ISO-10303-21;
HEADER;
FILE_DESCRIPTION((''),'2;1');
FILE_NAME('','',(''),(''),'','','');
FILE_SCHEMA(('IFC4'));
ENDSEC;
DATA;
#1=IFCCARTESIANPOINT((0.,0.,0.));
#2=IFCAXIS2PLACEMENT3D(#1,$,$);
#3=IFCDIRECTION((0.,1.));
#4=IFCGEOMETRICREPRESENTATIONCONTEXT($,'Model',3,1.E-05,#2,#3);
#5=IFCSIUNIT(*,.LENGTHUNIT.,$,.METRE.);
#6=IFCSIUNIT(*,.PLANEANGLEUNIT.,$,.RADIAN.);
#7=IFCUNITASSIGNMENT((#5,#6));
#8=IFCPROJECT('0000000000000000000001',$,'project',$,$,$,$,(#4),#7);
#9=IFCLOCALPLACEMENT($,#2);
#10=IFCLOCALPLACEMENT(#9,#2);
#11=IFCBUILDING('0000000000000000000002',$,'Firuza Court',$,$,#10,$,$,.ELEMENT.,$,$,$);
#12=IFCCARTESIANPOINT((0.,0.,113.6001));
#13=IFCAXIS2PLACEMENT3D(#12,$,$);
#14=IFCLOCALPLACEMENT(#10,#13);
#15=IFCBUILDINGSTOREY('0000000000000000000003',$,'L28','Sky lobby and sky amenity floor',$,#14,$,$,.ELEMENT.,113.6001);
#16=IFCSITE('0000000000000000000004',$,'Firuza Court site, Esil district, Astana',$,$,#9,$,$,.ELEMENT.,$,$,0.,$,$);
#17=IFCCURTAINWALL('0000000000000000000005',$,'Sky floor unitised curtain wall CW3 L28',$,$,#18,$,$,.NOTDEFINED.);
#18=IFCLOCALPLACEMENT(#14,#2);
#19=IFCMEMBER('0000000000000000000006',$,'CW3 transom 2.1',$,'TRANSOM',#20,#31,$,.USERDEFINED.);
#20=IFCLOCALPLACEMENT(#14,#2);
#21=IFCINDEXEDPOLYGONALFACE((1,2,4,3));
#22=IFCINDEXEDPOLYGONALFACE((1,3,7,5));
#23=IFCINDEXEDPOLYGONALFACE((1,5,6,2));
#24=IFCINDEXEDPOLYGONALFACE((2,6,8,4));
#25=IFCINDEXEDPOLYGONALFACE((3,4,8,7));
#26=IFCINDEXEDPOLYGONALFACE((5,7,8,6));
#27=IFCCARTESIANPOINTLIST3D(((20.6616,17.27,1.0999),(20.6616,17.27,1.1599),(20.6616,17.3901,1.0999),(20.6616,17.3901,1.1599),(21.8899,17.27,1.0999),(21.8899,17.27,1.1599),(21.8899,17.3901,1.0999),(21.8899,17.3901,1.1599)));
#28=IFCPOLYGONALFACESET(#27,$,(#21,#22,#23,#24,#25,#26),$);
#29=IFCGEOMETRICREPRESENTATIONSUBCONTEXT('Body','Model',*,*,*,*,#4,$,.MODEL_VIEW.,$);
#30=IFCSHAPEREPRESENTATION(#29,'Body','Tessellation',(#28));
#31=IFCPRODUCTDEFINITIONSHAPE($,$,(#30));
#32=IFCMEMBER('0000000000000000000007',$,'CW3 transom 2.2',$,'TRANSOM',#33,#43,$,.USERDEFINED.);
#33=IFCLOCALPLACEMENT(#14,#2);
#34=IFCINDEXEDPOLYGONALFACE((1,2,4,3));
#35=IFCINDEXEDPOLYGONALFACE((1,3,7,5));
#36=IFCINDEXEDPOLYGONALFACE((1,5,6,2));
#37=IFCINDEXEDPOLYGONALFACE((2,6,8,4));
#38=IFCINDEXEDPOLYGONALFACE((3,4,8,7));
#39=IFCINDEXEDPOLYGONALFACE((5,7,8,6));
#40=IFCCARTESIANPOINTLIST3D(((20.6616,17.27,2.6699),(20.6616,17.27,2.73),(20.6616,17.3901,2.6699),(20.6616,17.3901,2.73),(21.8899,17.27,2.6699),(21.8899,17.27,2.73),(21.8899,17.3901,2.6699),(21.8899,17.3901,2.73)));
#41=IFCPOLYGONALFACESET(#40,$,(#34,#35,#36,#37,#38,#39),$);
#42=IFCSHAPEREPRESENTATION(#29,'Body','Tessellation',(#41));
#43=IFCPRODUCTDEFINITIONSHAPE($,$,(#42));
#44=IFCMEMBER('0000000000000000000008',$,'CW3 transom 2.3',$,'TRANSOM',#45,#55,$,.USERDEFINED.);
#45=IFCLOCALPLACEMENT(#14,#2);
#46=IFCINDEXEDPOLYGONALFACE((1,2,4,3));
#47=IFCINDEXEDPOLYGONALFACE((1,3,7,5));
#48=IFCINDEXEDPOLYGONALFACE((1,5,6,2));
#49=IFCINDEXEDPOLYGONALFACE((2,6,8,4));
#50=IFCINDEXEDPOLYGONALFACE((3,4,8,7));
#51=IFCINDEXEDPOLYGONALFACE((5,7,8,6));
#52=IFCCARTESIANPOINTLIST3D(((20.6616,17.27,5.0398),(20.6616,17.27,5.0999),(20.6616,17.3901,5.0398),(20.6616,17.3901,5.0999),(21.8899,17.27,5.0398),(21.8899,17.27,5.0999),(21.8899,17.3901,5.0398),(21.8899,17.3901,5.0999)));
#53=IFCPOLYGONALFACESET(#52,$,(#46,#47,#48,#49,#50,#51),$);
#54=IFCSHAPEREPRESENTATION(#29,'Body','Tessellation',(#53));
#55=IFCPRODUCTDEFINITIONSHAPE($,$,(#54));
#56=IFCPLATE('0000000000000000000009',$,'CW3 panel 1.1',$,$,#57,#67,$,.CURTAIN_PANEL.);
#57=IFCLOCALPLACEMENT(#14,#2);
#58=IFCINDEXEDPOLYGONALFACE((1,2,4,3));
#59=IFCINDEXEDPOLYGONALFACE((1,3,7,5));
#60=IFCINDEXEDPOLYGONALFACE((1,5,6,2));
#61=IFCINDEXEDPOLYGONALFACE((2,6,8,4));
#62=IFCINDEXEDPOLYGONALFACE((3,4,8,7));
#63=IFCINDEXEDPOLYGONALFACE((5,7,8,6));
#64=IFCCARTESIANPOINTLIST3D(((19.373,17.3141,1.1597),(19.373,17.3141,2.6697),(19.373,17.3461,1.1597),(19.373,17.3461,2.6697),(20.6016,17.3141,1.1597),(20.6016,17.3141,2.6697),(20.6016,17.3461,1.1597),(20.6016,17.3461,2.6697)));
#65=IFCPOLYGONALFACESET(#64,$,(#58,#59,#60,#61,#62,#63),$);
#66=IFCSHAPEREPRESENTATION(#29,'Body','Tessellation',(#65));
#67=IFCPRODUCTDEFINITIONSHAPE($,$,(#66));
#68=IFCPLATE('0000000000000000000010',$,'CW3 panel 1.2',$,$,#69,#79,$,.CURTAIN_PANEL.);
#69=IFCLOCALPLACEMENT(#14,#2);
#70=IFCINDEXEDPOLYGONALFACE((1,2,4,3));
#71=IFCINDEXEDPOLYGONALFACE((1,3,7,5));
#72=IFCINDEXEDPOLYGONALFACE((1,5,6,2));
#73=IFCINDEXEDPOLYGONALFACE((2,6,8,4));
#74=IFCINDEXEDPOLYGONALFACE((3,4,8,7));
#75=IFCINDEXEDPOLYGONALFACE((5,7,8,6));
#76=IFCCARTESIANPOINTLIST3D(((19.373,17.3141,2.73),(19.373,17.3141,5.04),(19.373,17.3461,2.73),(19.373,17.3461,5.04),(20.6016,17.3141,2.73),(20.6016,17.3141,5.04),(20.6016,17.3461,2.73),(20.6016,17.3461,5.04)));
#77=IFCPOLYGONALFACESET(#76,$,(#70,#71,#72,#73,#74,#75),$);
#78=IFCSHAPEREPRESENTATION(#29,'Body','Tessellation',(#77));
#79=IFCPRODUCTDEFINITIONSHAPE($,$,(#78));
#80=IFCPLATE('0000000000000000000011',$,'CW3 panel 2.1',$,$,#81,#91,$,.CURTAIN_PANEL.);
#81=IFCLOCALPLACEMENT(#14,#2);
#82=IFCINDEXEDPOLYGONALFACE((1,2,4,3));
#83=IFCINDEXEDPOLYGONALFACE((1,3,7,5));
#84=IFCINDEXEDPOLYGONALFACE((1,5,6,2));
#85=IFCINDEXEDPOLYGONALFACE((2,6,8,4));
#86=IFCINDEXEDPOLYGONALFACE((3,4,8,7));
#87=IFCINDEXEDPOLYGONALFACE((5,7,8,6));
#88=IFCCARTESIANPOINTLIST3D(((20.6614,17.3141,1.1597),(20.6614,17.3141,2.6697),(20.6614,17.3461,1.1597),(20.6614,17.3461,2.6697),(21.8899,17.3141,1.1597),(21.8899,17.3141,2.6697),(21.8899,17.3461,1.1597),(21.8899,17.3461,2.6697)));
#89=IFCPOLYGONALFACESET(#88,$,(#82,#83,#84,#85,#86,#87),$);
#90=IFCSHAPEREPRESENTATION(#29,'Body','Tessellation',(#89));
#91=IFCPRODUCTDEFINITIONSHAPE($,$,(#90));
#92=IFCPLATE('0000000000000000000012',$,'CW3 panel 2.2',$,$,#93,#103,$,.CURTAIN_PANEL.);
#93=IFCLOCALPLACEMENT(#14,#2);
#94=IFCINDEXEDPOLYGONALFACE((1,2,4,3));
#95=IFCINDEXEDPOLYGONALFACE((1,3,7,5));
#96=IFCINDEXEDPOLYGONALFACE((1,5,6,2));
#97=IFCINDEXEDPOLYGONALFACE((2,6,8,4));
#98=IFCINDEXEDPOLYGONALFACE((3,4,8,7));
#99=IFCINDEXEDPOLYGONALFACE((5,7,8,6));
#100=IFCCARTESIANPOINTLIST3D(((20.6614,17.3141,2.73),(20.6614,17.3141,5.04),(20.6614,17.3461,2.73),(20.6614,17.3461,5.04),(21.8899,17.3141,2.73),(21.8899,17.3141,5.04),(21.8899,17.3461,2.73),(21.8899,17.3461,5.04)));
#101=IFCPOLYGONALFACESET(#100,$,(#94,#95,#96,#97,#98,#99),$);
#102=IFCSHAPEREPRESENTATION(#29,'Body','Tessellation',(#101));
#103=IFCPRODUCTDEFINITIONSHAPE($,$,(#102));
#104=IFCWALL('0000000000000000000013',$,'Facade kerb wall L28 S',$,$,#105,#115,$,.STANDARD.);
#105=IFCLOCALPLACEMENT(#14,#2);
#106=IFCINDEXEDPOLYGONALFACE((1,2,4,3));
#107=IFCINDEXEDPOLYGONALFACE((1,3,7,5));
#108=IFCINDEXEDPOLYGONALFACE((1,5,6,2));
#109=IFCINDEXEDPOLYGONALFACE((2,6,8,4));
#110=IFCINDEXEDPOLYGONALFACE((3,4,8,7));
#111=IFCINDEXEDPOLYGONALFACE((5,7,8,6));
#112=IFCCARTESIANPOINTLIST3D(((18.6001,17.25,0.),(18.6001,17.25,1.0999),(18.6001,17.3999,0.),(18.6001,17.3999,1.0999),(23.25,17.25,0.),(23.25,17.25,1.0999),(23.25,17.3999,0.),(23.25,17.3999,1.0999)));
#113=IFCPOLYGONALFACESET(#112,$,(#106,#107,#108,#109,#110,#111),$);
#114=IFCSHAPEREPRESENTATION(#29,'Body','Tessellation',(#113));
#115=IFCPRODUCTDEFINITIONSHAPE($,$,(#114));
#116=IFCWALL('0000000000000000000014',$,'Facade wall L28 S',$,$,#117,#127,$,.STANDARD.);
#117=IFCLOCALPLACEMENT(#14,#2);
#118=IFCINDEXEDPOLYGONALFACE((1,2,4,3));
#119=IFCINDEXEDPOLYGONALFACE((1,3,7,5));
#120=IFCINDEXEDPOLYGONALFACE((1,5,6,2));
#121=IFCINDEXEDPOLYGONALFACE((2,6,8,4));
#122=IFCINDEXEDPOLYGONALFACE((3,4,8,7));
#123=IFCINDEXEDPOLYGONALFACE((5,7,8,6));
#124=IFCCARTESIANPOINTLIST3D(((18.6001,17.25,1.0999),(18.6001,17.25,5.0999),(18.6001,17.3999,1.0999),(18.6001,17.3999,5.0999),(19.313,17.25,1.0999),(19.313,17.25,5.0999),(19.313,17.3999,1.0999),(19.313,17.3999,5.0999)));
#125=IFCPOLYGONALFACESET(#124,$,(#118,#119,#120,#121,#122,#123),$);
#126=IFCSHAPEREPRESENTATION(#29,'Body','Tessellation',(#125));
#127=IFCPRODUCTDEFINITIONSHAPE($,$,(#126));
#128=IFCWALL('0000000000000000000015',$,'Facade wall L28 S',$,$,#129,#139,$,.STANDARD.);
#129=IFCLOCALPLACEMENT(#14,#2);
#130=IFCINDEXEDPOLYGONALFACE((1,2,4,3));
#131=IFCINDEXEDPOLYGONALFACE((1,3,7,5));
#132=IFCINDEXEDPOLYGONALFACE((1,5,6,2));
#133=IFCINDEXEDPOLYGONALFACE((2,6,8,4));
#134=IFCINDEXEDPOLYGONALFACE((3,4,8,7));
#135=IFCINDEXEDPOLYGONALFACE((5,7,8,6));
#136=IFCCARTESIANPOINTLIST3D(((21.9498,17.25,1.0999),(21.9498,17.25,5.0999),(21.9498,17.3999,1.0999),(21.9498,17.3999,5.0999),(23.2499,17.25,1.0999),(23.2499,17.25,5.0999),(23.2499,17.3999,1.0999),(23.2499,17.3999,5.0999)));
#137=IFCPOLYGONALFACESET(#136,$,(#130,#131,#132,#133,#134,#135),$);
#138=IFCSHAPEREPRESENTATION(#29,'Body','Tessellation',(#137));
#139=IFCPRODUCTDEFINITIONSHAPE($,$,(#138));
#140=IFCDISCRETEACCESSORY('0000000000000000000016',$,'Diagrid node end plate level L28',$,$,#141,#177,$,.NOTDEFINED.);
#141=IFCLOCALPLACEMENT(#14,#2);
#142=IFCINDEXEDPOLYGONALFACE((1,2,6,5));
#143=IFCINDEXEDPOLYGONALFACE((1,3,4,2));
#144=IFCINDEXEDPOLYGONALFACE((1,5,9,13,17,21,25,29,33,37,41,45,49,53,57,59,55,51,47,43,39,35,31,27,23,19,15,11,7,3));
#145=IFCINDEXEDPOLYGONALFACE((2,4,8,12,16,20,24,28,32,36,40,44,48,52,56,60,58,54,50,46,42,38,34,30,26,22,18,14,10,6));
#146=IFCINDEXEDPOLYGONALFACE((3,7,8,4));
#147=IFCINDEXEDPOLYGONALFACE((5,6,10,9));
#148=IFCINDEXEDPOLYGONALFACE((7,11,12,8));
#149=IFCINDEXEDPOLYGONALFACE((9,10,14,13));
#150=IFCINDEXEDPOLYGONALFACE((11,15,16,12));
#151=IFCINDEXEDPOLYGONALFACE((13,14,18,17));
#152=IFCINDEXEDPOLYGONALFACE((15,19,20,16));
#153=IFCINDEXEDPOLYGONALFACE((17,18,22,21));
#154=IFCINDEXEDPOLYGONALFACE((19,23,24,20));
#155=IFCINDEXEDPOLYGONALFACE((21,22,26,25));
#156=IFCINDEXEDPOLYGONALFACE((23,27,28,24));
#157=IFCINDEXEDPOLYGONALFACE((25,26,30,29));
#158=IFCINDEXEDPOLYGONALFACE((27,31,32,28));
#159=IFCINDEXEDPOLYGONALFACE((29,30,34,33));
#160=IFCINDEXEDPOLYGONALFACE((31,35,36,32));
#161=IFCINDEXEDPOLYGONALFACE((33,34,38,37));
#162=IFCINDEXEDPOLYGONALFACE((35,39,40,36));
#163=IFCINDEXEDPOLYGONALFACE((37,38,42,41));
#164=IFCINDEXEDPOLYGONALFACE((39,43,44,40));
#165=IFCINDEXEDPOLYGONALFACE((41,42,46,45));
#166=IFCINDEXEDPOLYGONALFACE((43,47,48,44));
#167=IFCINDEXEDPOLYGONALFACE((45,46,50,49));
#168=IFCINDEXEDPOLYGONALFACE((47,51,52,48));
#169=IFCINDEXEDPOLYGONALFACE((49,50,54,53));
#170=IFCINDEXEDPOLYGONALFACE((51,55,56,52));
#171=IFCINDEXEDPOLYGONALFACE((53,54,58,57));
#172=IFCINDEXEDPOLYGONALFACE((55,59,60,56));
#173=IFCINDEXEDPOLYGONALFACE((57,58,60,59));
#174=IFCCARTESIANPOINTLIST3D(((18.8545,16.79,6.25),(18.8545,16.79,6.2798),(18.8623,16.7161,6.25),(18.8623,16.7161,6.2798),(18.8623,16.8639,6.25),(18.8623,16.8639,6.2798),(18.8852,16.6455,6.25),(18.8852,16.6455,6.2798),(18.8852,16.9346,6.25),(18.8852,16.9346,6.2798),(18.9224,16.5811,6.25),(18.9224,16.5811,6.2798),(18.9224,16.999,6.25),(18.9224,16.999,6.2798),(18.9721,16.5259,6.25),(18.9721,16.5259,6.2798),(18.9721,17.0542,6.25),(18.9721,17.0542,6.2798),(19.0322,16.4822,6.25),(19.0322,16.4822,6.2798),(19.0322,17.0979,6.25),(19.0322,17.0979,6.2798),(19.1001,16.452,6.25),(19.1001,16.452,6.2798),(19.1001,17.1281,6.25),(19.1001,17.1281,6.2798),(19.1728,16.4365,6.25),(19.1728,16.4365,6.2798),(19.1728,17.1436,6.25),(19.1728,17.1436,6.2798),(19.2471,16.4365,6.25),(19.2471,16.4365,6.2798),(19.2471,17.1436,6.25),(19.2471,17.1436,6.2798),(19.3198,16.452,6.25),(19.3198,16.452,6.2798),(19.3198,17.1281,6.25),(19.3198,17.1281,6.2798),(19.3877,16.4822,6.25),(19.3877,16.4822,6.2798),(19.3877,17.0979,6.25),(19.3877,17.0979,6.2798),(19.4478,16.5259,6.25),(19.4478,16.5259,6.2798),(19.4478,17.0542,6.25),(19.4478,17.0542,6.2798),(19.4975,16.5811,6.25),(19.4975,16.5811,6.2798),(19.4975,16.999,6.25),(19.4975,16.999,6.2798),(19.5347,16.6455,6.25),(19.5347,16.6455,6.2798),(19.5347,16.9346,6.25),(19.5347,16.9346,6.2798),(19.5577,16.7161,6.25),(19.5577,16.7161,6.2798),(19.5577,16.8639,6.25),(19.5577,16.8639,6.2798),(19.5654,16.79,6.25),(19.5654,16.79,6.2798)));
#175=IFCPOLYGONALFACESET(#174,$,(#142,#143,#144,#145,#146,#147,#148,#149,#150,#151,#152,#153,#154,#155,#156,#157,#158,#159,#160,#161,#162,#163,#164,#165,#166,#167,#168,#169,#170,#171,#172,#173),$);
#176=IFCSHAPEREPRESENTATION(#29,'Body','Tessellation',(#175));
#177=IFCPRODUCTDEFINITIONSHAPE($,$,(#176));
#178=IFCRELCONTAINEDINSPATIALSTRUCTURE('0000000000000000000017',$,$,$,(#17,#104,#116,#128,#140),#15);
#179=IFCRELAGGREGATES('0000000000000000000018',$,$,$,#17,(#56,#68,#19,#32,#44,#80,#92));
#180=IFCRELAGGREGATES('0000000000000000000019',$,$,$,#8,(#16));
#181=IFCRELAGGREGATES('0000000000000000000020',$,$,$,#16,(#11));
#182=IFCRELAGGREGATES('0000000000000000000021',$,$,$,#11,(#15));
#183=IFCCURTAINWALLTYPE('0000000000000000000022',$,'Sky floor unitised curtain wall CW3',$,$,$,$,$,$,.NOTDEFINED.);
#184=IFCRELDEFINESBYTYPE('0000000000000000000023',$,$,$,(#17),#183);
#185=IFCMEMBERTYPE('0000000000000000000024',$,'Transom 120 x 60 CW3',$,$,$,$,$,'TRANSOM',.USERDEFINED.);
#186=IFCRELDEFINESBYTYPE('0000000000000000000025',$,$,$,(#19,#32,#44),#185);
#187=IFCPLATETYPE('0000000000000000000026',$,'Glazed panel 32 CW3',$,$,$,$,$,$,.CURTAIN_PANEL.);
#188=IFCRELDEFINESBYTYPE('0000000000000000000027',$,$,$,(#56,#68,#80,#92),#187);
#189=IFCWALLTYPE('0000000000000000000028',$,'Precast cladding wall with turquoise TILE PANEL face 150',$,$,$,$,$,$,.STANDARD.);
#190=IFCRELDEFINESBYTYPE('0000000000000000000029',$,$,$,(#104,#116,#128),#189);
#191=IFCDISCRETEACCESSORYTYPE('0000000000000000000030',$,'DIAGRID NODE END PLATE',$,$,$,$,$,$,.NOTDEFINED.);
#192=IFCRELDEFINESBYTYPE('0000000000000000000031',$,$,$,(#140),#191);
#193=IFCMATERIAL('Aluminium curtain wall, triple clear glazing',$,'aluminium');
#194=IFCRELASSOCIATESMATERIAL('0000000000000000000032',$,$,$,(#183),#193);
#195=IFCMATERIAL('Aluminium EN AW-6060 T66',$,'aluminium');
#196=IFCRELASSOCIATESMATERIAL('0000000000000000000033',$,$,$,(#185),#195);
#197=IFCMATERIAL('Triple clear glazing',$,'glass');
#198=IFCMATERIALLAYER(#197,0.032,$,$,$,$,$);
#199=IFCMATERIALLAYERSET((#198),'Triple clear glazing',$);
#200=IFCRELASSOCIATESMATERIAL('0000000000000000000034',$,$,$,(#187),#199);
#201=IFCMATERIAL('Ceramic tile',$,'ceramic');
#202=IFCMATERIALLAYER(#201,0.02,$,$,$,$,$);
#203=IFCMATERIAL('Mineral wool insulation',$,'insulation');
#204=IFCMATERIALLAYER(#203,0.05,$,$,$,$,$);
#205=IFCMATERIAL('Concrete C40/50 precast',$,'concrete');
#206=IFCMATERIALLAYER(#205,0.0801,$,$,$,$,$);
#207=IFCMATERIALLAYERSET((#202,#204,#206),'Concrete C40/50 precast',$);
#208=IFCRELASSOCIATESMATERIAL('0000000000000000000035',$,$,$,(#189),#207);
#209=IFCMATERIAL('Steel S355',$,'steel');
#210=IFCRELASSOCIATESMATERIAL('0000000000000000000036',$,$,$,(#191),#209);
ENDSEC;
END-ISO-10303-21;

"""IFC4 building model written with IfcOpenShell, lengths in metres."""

from ifc_helpers import new_model, si_unit, direction, frame, frame_2d, origin, origin_2d, place, context, subcontext, project, spatial, rectangle, circle, extrude, material, layer, layer_set, material_profile, profile_set, type_object, element, aggregate, save


model = new_model("IFC4")

# Units and contexts
model_context = context("Model", 3, precision=1e-05, world=origin(), true_north=direction((0.0, 1.0)))
body_context = subcontext(model_context, "Body", "Model", "MODEL_VIEW")
ifc_project = project(units=[si_unit("LENGTHUNIT", "METRE"), si_unit("PLANEANGLEUNIT", "RADIAN")], contexts=[model_context])

# Site, building, storey
site_placement = place(None, origin())
site = spatial("IfcSite", under=ifc_project, at=site_placement, Name="Firuza Court site, Esil district, Astana", CompositionType="ELEMENT", RefElevation=0.0)
building_placement = place(site_placement, origin())
building = spatial("IfcBuilding", under=site, at=building_placement, Name="Firuza Court", CompositionType="ELEMENT")
storey_placement = place(building_placement, frame((0.0, 0.0, 113.6001)))
storey = spatial("IfcBuildingStorey", under=building, at=storey_placement, Name="L28", Description="Sky lobby and sky amenity floor", CompositionType="ELEMENT", Elevation=113.6001)

# Curtain wall
ifc_material_1 = material(Name="Aluminium curtain wall, triple clear glazing", Category="aluminium")
curtain_wall_type = type_object("IfcCurtainWallType", Name="Sky floor unitised curtain wall CW3", PredefinedType="NOTDEFINED", material=ifc_material_1)
curtain_wall_placement = place(storey_placement, origin())
curtain_wall = element("IfcCurtainWall", 1, at=curtain_wall_placement, inside=storey, type_object=curtain_wall_type, Name="Sky floor unitised curtain wall CW3 L28", PredefinedType="NOTDEFINED")

# Members
ifc_material_2 = material(Name="Aluminium EN AW-6060 T66", Category="aluminium")
ifc_material_profile_1 = material_profile(ifc_material_2, rectangle(XDim=0.1201, YDim=0.0601, at=origin_2d()), Name="Transom 120 x 60 CW3")
ifc_profile_set_1 = profile_set([ifc_material_profile_1], Name="Aluminium EN AW-6060 T66")
member_type_1 = type_object("IfcMemberType", Name="Transom 120 x 60 CW3", ElementType="TRANSOM", PredefinedType="USERDEFINED", material=ifc_profile_set_1)
member_1_placement = place(storey_placement, frame((20.6616, 17.3301, 1.1299), z_axis=(1.0, 0.0, 0.0), x_axis=(0.0, 1.0, 0.0)))
member_1 = element("IfcMember", 2, at=member_1_placement, type_object=member_type_1, Name="CW3 transom 2.1", ObjectType="TRANSOM", PredefinedType="USERDEFINED", context=body_context, shape_type="SweptSolid", body=[
    extrude(rectangle(XDim=0.1201, YDim=0.0601, at=origin_2d()), origin(), (0.0, 0.0, 1.0), 1.2283),
])
member_2_placement = place(storey_placement, frame((20.6616, 17.3301, 2.7), z_axis=(1.0, 0.0, 0.0), x_axis=(0.0, 1.0, 0.0)))
member_2 = element("IfcMember", 3, at=member_2_placement, type_object=member_type_1, Name="CW3 transom 2.2", ObjectType="TRANSOM", PredefinedType="USERDEFINED", context=body_context, shape_type="SweptSolid", body=[
    extrude(rectangle(XDim=0.1201, YDim=0.0601, at=origin_2d()), origin(), (0.0, 0.0, 1.0), 1.2283),
])
member_3_placement = place(storey_placement, frame((20.6616, 17.3301, 5.0698), z_axis=(1.0, 0.0, 0.0), x_axis=(0.0, 1.0, 0.0)))
member_3 = element("IfcMember", 4, at=member_3_placement, type_object=member_type_1, Name="CW3 transom 2.3", ObjectType="TRANSOM", PredefinedType="USERDEFINED", context=body_context, shape_type="SweptSolid", body=[
    extrude(rectangle(XDim=0.1201, YDim=0.0601, at=origin_2d()), origin(), (0.0, 0.0, 1.0), 1.2283),
])

# Plates
ifc_material_3 = material(Name="Triple clear glazing", Category="glass")
ifc_layer_1 = layer(ifc_material_3, 0.032)
ifc_layer_set_1 = layer_set([ifc_layer_1], Name="Triple clear glazing")
plate_type = type_object("IfcPlateType", Name="Glazed panel 32 CW3", PredefinedType="CURTAIN_PANEL", material=ifc_layer_set_1)
plate_1_placement = place(storey_placement, frame((19.9873, 17.3301, 1.1597), z_axis=(0.0, 0.0, 1.0), x_axis=(1.0, 0.0, 0.0)))
plate_1 = element("IfcPlate", 5, at=plate_1_placement, type_object=plate_type, Name="CW3 panel 1.1", PredefinedType="CURTAIN_PANEL", context=body_context, shape_type="SweptSolid", body=[
    extrude(rectangle(XDim=1.2285, YDim=0.032, at=origin_2d()), origin(), (0.0, 0.0, 1.0), 1.51),
])
plate_2_placement = place(storey_placement, frame((19.9873, 17.3301, 2.73), z_axis=(0.0, 0.0, 1.0), x_axis=(1.0, 0.0, 0.0)))
plate_2 = element("IfcPlate", 6, at=plate_2_placement, type_object=plate_type, Name="CW3 panel 1.2", PredefinedType="CURTAIN_PANEL", context=body_context, shape_type="SweptSolid", body=[
    extrude(rectangle(XDim=1.2285, YDim=0.032, at=origin_2d()), origin(), (0.0, 0.0, 1.0), 2.3101),
])
plate_3_placement = place(storey_placement, frame((21.2756, 17.3301, 1.1597), z_axis=(0.0, 0.0, 1.0), x_axis=(1.0, 0.0, 0.0)))
plate_3 = element("IfcPlate", 7, at=plate_3_placement, type_object=plate_type, Name="CW3 panel 2.1", PredefinedType="CURTAIN_PANEL", context=body_context, shape_type="SweptSolid", body=[
    extrude(rectangle(XDim=1.2285, YDim=0.032, at=origin_2d()), origin(), (0.0, 0.0, 1.0), 1.51),
])
plate_4_placement = place(storey_placement, frame((21.2756, 17.3301, 2.73), z_axis=(0.0, 0.0, 1.0), x_axis=(1.0, 0.0, 0.0)))
plate_4 = element("IfcPlate", 8, at=plate_4_placement, type_object=plate_type, Name="CW3 panel 2.2", PredefinedType="CURTAIN_PANEL", context=body_context, shape_type="SweptSolid", body=[
    extrude(rectangle(XDim=1.2285, YDim=0.032, at=origin_2d()), origin(), (0.0, 0.0, 1.0), 2.3101),
])
aggregate(curtain_wall, [plate_1, plate_2, member_1, member_2, member_3, plate_3, plate_4])

# Walls
ifc_material_4 = material(Name="Ceramic tile", Category="ceramic")
ifc_layer_2 = layer(ifc_material_4, 0.02)
ifc_material_5 = material(Name="Mineral wool insulation", Category="insulation")
ifc_layer_3 = layer(ifc_material_5, 0.05)
ifc_material_6 = material(Name="Concrete C40/50 precast", Category="concrete")
ifc_layer_4 = layer(ifc_material_6, 0.0801)
ifc_layer_set_2 = layer_set([ifc_layer_2, ifc_layer_3, ifc_layer_4], Name="Concrete C40/50 precast")
wall_type = type_object("IfcWallType", Name="Precast cladding wall with turquoise TILE PANEL face 150", PredefinedType="STANDARD", material=ifc_layer_set_2)
wall_1_placement = place(storey_placement, frame((18.6001, 17.325, 0.0), z_axis=(0.0, 0.0, 1.0), x_axis=(1.0, 0.0, 0.0)))
element("IfcWall", 9, at=wall_1_placement, inside=storey, type_object=wall_type, Name="Facade kerb wall L28 S", PredefinedType="STANDARD", context=body_context, shape_type="SweptSolid", body=[
    extrude(rectangle(XDim=4.6499, YDim=0.1499, at=frame_2d((2.325, 0.0))), origin(), (0.0, 0.0, 1.0), 1.0999),
])
wall_2_placement = place(storey_placement, frame((18.6001, 17.325, 1.0999), z_axis=(0.0, 0.0, 1.0), x_axis=(1.0, 0.0, 0.0)))
element("IfcWall", 10, at=wall_2_placement, inside=storey, type_object=wall_type, Name="Facade wall L28 S", PredefinedType="STANDARD", context=body_context, shape_type="SweptSolid", body=[
    extrude(rectangle(XDim=0.7129, YDim=0.1499, at=frame_2d((0.3564, 0.0))), origin(), (0.0, 0.0, 1.0), 4.0),
])
wall_3_placement = place(storey_placement, frame((21.95, 17.325, 1.0999), z_axis=(0.0, 0.0, 1.0), x_axis=(1.0, 0.0, 0.0)))
element("IfcWall", 11, at=wall_3_placement, inside=storey, type_object=wall_type, Name="Facade wall L28 S", PredefinedType="STANDARD", context=body_context, shape_type="SweptSolid", body=[
    extrude(rectangle(XDim=1.3, YDim=0.1499, at=frame_2d((0.6499, 0.0))), origin(), (0.0, 0.0, 1.0), 4.0),
])

# Discrete accessory
ifc_material_7 = material(Name="Steel S355", Category="steel")
ifc_material_profile_2 = material_profile(ifc_material_7, circle(Radius=0.3555, at=origin_2d()), Name="PL D711")
ifc_profile_set_2 = profile_set([ifc_material_profile_2], Name="Steel S355")
discrete_accessory_type = type_object("IfcDiscreteAccessoryType", Name="DIAGRID NODE END PLATE", PredefinedType="NOTDEFINED", material=ifc_profile_set_2)
discrete_accessory_1_placement = place(storey_placement, frame((19.21, 16.79, 6.25), z_axis=(0.0, 0.0, 1.0), x_axis=(1.0, 0.0, 0.0)))
element("IfcDiscreteAccessory", 12, at=discrete_accessory_1_placement, inside=storey, type_object=discrete_accessory_type, Name="Diagrid node end plate level L28", PredefinedType="NOTDEFINED", context=body_context, shape_type="SweptSolid", body=[
    extrude(circle(Radius=0.3555, at=origin_2d()), origin(), (0.0, 0.0, 1.0), 0.0298),
])

save(model, "model.ifc")
